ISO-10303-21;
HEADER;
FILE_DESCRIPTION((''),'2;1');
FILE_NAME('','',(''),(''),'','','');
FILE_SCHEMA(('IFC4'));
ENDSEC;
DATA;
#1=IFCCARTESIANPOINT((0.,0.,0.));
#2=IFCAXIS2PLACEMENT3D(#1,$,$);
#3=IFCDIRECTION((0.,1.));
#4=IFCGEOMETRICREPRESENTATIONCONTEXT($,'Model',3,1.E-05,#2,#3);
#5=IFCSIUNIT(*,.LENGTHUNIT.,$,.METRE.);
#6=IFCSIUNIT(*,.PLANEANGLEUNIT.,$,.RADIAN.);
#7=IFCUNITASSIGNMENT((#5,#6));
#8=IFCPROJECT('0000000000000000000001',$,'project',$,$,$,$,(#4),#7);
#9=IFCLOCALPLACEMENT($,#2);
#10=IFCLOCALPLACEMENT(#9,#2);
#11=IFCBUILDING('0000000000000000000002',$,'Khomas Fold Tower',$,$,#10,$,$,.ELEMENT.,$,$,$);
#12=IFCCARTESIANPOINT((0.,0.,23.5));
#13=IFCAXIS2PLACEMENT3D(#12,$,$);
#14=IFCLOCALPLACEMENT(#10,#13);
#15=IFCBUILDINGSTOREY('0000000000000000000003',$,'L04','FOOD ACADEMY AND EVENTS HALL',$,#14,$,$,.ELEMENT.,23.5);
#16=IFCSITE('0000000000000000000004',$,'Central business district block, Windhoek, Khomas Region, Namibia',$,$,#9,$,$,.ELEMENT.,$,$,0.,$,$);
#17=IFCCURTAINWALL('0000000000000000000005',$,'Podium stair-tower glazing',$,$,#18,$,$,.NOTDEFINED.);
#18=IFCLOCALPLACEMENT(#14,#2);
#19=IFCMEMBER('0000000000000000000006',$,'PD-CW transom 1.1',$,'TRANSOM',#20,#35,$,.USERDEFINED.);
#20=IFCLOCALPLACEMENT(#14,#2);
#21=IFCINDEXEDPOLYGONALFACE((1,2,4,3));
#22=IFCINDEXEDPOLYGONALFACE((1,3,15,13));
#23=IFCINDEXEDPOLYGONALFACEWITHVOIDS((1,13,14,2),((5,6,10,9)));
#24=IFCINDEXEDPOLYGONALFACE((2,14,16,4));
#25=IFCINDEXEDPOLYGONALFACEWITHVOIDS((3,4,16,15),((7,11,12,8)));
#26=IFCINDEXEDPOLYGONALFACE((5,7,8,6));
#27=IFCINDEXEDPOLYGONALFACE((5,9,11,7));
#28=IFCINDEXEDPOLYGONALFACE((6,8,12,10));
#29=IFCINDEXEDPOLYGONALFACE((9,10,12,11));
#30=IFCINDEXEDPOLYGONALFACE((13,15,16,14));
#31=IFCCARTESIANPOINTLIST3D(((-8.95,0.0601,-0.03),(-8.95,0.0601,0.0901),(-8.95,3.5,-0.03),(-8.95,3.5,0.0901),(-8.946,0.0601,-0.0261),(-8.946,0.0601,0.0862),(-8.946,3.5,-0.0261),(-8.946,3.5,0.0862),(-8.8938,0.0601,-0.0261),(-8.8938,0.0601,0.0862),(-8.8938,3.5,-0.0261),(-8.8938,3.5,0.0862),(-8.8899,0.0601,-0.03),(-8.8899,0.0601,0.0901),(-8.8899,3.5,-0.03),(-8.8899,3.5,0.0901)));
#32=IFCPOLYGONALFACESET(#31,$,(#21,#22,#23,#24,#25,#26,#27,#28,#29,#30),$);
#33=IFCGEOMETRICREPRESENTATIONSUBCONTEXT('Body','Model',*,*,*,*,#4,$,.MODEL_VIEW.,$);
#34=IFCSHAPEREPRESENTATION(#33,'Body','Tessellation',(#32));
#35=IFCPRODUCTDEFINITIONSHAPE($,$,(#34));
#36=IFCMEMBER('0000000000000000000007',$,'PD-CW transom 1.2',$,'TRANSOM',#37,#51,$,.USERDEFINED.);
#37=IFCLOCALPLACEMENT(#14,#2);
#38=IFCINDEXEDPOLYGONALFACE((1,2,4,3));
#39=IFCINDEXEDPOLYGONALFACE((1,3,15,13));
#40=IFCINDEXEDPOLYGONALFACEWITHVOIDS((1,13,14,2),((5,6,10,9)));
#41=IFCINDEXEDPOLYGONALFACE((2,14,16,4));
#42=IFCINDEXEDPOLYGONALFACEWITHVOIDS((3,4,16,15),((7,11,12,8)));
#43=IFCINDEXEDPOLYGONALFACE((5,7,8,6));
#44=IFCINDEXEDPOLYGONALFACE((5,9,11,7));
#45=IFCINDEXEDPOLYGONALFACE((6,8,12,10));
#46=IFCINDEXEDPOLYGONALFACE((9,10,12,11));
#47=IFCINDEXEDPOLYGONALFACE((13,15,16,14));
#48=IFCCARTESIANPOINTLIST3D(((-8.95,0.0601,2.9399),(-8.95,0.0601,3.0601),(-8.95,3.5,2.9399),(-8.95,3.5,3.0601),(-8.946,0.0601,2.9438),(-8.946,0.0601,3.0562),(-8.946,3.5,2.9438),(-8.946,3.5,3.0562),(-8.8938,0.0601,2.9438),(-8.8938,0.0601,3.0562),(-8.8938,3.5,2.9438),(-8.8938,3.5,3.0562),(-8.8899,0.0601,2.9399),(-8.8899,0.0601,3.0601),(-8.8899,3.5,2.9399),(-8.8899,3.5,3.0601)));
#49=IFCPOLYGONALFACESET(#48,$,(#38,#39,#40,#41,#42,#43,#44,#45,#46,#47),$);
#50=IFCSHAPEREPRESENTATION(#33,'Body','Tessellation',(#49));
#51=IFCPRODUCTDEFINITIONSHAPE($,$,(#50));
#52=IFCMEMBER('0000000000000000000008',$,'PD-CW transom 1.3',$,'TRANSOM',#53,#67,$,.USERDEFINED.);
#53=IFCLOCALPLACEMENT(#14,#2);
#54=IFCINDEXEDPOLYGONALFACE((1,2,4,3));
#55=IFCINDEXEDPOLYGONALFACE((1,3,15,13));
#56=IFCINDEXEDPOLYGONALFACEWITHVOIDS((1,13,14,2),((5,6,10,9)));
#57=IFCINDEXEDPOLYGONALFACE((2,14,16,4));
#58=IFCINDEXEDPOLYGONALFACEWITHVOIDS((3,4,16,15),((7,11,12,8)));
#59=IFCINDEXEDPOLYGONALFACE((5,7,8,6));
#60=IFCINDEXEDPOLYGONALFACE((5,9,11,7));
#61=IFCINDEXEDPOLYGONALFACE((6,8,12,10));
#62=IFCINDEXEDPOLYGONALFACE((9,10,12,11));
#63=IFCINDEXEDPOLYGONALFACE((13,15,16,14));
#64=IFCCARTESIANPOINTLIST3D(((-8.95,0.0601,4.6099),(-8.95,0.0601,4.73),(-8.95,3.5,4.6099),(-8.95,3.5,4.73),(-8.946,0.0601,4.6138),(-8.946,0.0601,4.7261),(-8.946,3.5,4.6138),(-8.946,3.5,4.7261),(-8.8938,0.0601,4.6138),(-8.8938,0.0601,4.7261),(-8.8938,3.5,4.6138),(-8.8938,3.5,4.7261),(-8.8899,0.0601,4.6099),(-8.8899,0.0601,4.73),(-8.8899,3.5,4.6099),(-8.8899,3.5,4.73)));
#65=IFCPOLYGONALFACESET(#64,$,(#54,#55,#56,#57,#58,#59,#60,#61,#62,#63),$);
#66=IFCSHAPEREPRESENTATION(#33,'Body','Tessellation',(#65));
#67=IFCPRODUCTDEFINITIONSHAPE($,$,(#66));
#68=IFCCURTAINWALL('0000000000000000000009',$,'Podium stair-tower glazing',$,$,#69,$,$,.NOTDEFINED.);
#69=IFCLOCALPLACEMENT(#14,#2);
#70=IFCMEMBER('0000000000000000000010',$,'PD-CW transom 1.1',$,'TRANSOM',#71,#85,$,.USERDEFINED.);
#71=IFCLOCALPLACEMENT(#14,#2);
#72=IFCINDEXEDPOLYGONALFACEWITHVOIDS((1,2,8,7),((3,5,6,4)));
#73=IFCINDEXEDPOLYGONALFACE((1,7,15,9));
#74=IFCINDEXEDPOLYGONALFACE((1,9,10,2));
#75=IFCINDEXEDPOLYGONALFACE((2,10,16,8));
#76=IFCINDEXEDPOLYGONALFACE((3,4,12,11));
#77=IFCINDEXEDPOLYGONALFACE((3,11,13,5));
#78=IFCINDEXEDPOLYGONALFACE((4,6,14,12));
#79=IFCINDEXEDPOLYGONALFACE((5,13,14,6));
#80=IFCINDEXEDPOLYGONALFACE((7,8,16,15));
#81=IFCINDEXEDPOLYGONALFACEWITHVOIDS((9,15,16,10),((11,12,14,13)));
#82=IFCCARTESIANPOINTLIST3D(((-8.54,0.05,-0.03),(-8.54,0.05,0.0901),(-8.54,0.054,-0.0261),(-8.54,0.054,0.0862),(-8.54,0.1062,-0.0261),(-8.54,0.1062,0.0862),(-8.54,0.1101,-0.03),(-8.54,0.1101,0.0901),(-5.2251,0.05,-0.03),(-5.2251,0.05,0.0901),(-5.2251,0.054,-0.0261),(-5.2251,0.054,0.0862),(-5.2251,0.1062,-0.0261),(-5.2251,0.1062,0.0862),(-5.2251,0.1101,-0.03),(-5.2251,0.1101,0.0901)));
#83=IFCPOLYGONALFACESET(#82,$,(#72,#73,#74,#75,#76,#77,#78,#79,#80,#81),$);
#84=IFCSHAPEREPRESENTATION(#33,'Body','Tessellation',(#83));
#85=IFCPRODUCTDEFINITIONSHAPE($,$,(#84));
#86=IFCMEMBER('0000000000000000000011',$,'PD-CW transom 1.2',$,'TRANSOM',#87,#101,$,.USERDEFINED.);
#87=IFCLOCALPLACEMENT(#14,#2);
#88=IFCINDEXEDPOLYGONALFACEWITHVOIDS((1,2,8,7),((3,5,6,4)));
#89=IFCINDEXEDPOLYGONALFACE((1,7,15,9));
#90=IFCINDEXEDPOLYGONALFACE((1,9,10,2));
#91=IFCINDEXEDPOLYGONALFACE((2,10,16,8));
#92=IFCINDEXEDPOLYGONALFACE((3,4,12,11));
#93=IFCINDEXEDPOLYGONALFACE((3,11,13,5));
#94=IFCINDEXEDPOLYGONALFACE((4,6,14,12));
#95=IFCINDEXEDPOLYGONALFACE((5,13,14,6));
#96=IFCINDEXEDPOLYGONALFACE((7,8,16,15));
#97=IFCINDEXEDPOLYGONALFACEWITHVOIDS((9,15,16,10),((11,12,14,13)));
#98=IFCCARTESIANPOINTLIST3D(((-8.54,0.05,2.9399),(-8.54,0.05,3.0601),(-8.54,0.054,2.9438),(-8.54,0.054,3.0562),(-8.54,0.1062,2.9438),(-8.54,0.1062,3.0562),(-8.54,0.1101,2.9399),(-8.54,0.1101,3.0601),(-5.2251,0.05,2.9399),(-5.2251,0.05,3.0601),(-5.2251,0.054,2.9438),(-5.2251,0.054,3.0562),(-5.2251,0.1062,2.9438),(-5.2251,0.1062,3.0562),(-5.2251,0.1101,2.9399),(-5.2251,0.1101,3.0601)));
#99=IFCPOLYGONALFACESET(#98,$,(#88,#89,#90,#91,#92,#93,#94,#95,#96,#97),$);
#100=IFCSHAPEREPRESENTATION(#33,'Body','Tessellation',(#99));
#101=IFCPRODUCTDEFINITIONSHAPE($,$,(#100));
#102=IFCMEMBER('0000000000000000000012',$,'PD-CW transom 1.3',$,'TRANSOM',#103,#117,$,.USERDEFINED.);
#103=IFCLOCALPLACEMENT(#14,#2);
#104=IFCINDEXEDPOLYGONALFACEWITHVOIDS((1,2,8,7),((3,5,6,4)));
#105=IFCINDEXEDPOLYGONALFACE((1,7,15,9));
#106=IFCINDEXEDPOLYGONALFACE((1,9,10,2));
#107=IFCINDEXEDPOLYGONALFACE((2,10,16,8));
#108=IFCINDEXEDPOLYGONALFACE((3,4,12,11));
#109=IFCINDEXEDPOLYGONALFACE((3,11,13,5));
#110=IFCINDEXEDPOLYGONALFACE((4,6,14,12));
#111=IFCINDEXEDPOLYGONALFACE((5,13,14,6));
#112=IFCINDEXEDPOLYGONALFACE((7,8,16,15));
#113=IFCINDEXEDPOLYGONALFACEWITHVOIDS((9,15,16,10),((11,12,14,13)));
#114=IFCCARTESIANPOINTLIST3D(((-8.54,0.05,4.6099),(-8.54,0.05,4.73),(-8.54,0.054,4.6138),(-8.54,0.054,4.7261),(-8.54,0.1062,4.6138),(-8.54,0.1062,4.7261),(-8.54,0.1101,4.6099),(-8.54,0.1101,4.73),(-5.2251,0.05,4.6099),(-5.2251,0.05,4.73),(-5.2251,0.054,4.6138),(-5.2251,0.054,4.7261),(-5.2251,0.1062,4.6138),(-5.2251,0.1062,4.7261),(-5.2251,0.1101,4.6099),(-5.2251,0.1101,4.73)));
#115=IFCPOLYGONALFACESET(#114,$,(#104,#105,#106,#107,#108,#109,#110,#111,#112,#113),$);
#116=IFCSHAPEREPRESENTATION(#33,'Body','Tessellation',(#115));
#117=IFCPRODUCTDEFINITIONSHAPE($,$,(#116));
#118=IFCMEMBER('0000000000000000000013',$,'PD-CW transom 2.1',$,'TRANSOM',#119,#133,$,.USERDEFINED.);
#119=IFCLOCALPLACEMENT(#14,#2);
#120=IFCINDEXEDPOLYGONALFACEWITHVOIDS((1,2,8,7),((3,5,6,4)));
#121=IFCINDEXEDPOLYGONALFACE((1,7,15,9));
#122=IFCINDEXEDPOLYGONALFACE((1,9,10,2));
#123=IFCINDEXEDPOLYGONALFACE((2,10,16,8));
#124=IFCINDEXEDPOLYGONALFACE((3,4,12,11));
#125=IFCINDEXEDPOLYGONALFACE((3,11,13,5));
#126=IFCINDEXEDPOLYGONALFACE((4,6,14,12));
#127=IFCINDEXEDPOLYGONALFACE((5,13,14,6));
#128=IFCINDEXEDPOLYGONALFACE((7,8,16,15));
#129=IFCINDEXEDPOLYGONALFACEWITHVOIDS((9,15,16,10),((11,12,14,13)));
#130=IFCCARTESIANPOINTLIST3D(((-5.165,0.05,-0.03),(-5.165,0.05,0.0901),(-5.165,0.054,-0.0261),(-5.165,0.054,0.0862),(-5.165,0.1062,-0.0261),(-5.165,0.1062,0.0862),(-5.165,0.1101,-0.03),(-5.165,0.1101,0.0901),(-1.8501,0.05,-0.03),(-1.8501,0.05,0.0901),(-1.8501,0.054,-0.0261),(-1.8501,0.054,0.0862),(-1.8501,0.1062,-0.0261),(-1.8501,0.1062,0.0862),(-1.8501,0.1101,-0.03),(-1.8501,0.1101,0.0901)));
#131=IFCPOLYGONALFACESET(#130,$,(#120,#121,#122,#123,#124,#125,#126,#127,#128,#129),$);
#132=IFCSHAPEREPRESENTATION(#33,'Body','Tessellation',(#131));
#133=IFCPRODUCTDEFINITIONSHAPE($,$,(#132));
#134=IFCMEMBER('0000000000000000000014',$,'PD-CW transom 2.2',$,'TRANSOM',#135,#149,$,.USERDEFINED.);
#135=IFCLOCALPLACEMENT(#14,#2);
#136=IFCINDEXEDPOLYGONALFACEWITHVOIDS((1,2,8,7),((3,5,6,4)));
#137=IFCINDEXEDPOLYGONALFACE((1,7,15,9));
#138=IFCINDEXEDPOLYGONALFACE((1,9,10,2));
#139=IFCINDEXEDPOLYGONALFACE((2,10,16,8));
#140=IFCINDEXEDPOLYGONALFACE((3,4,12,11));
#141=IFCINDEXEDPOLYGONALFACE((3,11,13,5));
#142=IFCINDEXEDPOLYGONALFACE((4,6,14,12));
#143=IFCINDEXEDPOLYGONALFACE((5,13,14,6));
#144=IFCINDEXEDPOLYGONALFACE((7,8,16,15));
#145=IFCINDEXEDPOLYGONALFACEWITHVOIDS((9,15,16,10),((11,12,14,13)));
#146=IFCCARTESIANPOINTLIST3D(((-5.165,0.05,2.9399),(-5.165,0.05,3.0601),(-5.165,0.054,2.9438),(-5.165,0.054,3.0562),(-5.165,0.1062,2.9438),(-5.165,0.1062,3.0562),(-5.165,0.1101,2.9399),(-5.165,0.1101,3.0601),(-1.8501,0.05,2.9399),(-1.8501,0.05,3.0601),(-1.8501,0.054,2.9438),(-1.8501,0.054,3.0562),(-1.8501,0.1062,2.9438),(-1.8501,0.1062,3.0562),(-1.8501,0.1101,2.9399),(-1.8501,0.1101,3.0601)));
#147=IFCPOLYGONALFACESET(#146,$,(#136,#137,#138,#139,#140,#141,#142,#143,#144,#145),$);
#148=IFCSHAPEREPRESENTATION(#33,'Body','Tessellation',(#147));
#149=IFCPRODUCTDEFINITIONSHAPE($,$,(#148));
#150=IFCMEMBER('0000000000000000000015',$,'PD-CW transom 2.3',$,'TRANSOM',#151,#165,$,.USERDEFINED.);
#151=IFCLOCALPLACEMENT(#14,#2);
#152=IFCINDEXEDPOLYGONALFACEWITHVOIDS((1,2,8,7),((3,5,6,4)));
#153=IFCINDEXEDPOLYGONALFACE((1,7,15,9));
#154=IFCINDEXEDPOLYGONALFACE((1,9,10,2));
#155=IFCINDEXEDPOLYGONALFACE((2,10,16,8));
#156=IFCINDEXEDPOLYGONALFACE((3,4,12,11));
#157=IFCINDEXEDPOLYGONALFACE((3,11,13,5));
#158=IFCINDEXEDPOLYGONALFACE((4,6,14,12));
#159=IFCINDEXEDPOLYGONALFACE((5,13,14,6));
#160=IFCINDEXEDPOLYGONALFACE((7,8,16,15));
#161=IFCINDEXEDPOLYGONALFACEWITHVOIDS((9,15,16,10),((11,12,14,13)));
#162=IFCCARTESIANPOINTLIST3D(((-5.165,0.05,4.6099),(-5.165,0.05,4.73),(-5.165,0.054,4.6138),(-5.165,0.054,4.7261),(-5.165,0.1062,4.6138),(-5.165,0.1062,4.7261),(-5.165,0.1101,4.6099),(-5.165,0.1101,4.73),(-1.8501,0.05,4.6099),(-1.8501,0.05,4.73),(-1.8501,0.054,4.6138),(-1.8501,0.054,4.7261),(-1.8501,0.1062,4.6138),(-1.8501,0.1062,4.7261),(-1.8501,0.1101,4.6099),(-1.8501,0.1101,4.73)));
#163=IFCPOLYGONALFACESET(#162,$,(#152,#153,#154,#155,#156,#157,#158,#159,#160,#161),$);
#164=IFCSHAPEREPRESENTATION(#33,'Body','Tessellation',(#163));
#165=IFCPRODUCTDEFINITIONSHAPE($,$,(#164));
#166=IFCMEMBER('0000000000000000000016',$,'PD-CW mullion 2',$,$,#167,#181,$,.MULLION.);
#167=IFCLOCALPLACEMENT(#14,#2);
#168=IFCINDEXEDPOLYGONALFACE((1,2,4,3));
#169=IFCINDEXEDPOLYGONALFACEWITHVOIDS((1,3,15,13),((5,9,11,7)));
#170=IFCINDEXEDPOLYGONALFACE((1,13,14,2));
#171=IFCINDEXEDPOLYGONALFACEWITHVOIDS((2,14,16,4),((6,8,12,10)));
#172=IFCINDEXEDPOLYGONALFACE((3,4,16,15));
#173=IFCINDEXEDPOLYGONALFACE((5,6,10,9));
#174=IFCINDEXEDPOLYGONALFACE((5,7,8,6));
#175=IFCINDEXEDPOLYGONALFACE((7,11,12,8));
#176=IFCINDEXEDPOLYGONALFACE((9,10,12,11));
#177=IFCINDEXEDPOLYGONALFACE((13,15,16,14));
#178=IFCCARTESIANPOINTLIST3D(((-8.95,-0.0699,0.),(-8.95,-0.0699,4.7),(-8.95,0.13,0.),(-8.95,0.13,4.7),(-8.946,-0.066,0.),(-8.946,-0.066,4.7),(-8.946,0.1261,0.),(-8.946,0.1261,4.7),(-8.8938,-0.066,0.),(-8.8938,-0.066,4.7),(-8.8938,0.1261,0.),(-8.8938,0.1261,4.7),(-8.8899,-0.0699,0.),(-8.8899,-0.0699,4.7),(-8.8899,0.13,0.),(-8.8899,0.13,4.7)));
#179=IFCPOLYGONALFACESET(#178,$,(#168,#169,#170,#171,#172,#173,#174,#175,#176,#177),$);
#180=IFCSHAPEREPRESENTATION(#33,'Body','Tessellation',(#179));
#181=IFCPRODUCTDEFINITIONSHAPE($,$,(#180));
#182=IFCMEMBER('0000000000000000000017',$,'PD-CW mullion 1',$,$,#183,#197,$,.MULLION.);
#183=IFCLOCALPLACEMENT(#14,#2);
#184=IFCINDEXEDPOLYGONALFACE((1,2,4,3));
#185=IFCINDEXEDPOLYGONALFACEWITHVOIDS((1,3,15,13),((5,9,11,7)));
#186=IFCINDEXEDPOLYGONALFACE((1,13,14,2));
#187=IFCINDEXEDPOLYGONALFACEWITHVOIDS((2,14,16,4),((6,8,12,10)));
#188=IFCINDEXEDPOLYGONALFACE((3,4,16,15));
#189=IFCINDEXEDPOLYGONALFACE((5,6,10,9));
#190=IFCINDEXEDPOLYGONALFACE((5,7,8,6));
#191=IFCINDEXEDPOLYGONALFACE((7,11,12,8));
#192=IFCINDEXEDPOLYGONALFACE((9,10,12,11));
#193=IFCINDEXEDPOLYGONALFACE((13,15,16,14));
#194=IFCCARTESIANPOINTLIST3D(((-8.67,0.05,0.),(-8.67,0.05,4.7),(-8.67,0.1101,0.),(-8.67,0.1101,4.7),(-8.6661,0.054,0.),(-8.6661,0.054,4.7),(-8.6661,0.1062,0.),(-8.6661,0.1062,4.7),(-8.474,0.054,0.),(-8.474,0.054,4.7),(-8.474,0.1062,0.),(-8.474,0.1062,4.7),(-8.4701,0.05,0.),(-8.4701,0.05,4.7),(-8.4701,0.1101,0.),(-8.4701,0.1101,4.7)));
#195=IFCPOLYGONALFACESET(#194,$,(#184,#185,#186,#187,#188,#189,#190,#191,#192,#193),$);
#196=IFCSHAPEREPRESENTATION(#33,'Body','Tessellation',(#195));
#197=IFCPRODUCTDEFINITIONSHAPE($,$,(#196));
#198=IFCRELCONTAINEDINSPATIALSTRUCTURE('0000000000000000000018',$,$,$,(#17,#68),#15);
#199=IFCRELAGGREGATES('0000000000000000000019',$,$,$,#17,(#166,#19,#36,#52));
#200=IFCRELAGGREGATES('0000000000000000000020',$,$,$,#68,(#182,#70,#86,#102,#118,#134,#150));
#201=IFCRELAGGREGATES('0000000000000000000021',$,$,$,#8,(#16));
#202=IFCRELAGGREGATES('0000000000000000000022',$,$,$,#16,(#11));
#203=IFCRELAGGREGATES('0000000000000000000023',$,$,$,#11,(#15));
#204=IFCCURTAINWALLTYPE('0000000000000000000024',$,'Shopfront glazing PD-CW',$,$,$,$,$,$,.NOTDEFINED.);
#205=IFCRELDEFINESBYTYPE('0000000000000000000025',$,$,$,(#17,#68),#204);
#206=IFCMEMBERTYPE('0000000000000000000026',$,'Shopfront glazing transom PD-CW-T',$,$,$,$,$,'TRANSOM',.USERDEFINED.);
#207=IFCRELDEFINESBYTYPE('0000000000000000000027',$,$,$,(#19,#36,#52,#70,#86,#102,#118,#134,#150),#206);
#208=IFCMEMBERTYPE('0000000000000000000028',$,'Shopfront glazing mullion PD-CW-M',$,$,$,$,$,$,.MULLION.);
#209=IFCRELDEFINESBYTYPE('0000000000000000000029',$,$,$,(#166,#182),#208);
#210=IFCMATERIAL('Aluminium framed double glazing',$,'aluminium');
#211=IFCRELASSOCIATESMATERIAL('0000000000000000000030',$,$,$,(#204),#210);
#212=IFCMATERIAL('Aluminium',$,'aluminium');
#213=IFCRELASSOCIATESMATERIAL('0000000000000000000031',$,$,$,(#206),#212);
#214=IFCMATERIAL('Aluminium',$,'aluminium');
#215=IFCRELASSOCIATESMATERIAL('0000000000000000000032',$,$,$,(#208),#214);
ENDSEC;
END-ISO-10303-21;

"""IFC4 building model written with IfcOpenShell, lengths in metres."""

from ifc_helpers import new_model, si_unit, direction, frame, origin, origin_2d, place, context, subcontext, project, spatial, hollow_rectangle, extrude, source, transform, mapped, material, material_profile, profile_set, type_object, element, aggregate, save


model = new_model("IFC4")

# Units and contexts
model_context = context("Model", 3, precision=1e-05, world=origin(), true_north=direction((0.0, 1.0)))
body_context = subcontext(model_context, "Body", "Model", "MODEL_VIEW")
ifc_project = project(units=[si_unit("LENGTHUNIT", "METRE"), si_unit("PLANEANGLEUNIT", "RADIAN")], contexts=[model_context])

# Site, building, storey
site_placement = place(None, origin())
site = spatial("IfcSite", under=ifc_project, at=site_placement, Name="Central business district block, Windhoek, Khomas Region, Namibia", CompositionType="ELEMENT", RefElevation=0.0)
building_placement = place(site_placement, origin())
building = spatial("IfcBuilding", under=site, at=building_placement, Name="Khomas Fold Tower", CompositionType="ELEMENT")
storey_placement = place(building_placement, frame((0.0, 0.0, 23.5)))
storey = spatial("IfcBuildingStorey", under=building, at=storey_placement, Name="L04", Description="FOOD ACADEMY AND EVENTS HALL", CompositionType="ELEMENT", Elevation=23.5)

# Curtain walls, members
ifc_material_1 = material(Name="Aluminium framed double glazing", Category="aluminium")
curtain_wall_type = type_object("IfcCurtainWallType", Name="Shopfront glazing PD-CW", PredefinedType="NOTDEFINED", material=ifc_material_1)
curtain_wall_1_placement = place(storey_placement, origin())
curtain_wall_1 = element("IfcCurtainWall", 1, at=curtain_wall_1_placement, inside=storey, type_object=curtain_wall_type, Name="Podium stair-tower glazing", PredefinedType="NOTDEFINED")
ifc_material_2 = material(Name="Aluminium", Category="aluminium")
ifc_material_profile_1 = material_profile(ifc_material_2, hollow_rectangle(XDim=0.0601, YDim=0.1201, WallThickness=0.0039, at=origin_2d()), Name="Shopfront glazing transom PD-CW-T")
ifc_profile_set_1 = profile_set([ifc_material_profile_1], Name="Aluminium")
member_type_1 = type_object("IfcMemberType", Name="Shopfront glazing transom PD-CW-T", ElementType="TRANSOM", PredefinedType="USERDEFINED", material=ifc_profile_set_1)
shared_shape_1 = source(origin(), body_context, "Body", "SweptSolid", [
    extrude(hollow_rectangle(XDim=0.0601, YDim=0.1201, WallThickness=0.0039, at=origin_2d()), origin(), (0.0, 0.0, 1.0), 3.4399),
])
member_1_placement = place(storey_placement, frame((-8.9199, 3.5, 0.03), z_axis=(0.0, -1.0, 0.0), x_axis=(1.0, 0.0, 0.0)))
member_1 = element("IfcMember", 2, at=member_1_placement, type_object=member_type_1, Name="PD-CW transom 1.1", ObjectType="TRANSOM", PredefinedType="USERDEFINED", context=body_context, shape_type="MappedRepresentation", body=[
    mapped(shared_shape_1, transform((0.0, 0.0, 0.0))),
])
member_2_placement = place(storey_placement, frame((-8.9199, 3.5, 3.0), z_axis=(0.0, -1.0, 0.0), x_axis=(1.0, 0.0, 0.0)))
member_2 = element("IfcMember", 3, at=member_2_placement, type_object=member_type_1, Name="PD-CW transom 1.2", ObjectType="TRANSOM", PredefinedType="USERDEFINED", context=body_context, shape_type="MappedRepresentation", body=[
    mapped(shared_shape_1, transform((0.0, 0.0, 0.0))),
])
member_3_placement = place(storey_placement, frame((-8.9199, 3.5, 4.6699), z_axis=(0.0, -1.0, 0.0), x_axis=(1.0, 0.0, 0.0)))
member_3 = element("IfcMember", 4, at=member_3_placement, type_object=member_type_1, Name="PD-CW transom 1.3", ObjectType="TRANSOM", PredefinedType="USERDEFINED", context=body_context, shape_type="MappedRepresentation", body=[
    mapped(shared_shape_1, transform((0.0, 0.0, 0.0))),
])
curtain_wall_2_placement = place(storey_placement, origin())
curtain_wall_2 = element("IfcCurtainWall", 5, at=curtain_wall_2_placement, inside=storey, type_object=curtain_wall_type, Name="Podium stair-tower glazing", PredefinedType="NOTDEFINED")
shared_shape_2 = source(origin(), body_context, "Body", "SweptSolid", [
    extrude(hollow_rectangle(XDim=0.0601, YDim=0.1201, WallThickness=0.0039, at=origin_2d()), origin(), (0.0, 0.0, 1.0), 3.3149),
])
member_4_placement = place(storey_placement, frame((-8.54, 0.0801, 0.03), z_axis=(1.0, 0.0, 0.0), x_axis=(0.0, 1.0, 0.0)))
member_4 = element("IfcMember", 6, at=member_4_placement, type_object=member_type_1, Name="PD-CW transom 1.1", ObjectType="TRANSOM", PredefinedType="USERDEFINED", context=body_context, shape_type="MappedRepresentation", body=[
    mapped(shared_shape_2, transform((0.0, 0.0, 0.0))),
])
member_5_placement = place(storey_placement, frame((-8.54, 0.0801, 3.0), z_axis=(1.0, 0.0, 0.0), x_axis=(0.0, 1.0, 0.0)))
member_5 = element("IfcMember", 7, at=member_5_placement, type_object=member_type_1, Name="PD-CW transom 1.2", ObjectType="TRANSOM", PredefinedType="USERDEFINED", context=body_context, shape_type="MappedRepresentation", body=[
    mapped(shared_shape_2, transform((0.0, 0.0, 0.0))),
])
member_6_placement = place(storey_placement, frame((-8.54, 0.0801, 4.6699), z_axis=(1.0, 0.0, 0.0), x_axis=(0.0, 1.0, 0.0)))
member_6 = element("IfcMember", 8, at=member_6_placement, type_object=member_type_1, Name="PD-CW transom 1.3", ObjectType="TRANSOM", PredefinedType="USERDEFINED", context=body_context, shape_type="MappedRepresentation", body=[
    mapped(shared_shape_2, transform((0.0, 0.0, 0.0))),
])
member_7_placement = place(storey_placement, frame((-5.165, 0.0801, 0.03), z_axis=(1.0, 0.0, 0.0), x_axis=(0.0, 1.0, 0.0)))
member_7 = element("IfcMember", 9, at=member_7_placement, type_object=member_type_1, Name="PD-CW transom 2.1", ObjectType="TRANSOM", PredefinedType="USERDEFINED", context=body_context, shape_type="MappedRepresentation", body=[
    mapped(shared_shape_2, transform((0.0, 0.0, 0.0))),
])
member_8_placement = place(storey_placement, frame((-5.165, 0.0801, 3.0), z_axis=(1.0, 0.0, 0.0), x_axis=(0.0, 1.0, 0.0)))
member_8 = element("IfcMember", 10, at=member_8_placement, type_object=member_type_1, Name="PD-CW transom 2.2", ObjectType="TRANSOM", PredefinedType="USERDEFINED", context=body_context, shape_type="MappedRepresentation", body=[
    mapped(shared_shape_2, transform((0.0, 0.0, 0.0))),
])
member_9_placement = place(storey_placement, frame((-5.165, 0.0801, 4.6699), z_axis=(1.0, 0.0, 0.0), x_axis=(0.0, 1.0, 0.0)))
member_9 = element("IfcMember", 11, at=member_9_placement, type_object=member_type_1, Name="PD-CW transom 2.3", ObjectType="TRANSOM", PredefinedType="USERDEFINED", context=body_context, shape_type="MappedRepresentation", body=[
    mapped(shared_shape_2, transform((0.0, 0.0, 0.0))),
])

# Members
ifc_material_3 = material(Name="Aluminium", Category="aluminium")
ifc_material_profile_2 = material_profile(ifc_material_3, hollow_rectangle(XDim=0.0601, YDim=0.2, WallThickness=0.0039, at=origin_2d()), Name="Shopfront glazing mullion PD-CW-M")
ifc_profile_set_2 = profile_set([ifc_material_profile_2], Name="Aluminium")
member_type_2 = type_object("IfcMemberType", Name="Shopfront glazing mullion PD-CW-M", PredefinedType="MULLION", material=ifc_profile_set_2)
shared_shape_3 = source(origin(), body_context, "Body", "SweptSolid", [
    extrude(hollow_rectangle(XDim=0.0601, YDim=0.2, WallThickness=0.0039, at=origin_2d()), origin(), (0.0, 0.0, 1.0), 4.7),
])
member_10_placement = place(storey_placement, frame((-8.9199, 0.03, 0.0), z_axis=(0.0, 0.0, 1.0), x_axis=(1.0, 0.0, 0.0)))
member_10 = element("IfcMember", 12, at=member_10_placement, type_object=member_type_2, Name="PD-CW mullion 2", PredefinedType="MULLION", context=body_context, shape_type="MappedRepresentation", body=[
    mapped(shared_shape_3, transform((0.0, 0.0, 0.0))),
])
member_11_placement = place(storey_placement, frame((-8.5701, 0.0801, 0.0), z_axis=(0.0, 0.0, 1.0), x_axis=(0.0, 1.0, 0.0)))
member_11 = element("IfcMember", 13, at=member_11_placement, type_object=member_type_2, Name="PD-CW mullion 1", PredefinedType="MULLION", context=body_context, shape_type="MappedRepresentation", body=[
    mapped(shared_shape_3, transform((0.0, 0.0, 0.0))),
])

aggregate(curtain_wall_1, [member_10, member_1, member_2, member_3])
aggregate(curtain_wall_2, [member_11, member_4, member_5, member_6, member_7, member_8, member_9])

save(model, "model.ifc")
